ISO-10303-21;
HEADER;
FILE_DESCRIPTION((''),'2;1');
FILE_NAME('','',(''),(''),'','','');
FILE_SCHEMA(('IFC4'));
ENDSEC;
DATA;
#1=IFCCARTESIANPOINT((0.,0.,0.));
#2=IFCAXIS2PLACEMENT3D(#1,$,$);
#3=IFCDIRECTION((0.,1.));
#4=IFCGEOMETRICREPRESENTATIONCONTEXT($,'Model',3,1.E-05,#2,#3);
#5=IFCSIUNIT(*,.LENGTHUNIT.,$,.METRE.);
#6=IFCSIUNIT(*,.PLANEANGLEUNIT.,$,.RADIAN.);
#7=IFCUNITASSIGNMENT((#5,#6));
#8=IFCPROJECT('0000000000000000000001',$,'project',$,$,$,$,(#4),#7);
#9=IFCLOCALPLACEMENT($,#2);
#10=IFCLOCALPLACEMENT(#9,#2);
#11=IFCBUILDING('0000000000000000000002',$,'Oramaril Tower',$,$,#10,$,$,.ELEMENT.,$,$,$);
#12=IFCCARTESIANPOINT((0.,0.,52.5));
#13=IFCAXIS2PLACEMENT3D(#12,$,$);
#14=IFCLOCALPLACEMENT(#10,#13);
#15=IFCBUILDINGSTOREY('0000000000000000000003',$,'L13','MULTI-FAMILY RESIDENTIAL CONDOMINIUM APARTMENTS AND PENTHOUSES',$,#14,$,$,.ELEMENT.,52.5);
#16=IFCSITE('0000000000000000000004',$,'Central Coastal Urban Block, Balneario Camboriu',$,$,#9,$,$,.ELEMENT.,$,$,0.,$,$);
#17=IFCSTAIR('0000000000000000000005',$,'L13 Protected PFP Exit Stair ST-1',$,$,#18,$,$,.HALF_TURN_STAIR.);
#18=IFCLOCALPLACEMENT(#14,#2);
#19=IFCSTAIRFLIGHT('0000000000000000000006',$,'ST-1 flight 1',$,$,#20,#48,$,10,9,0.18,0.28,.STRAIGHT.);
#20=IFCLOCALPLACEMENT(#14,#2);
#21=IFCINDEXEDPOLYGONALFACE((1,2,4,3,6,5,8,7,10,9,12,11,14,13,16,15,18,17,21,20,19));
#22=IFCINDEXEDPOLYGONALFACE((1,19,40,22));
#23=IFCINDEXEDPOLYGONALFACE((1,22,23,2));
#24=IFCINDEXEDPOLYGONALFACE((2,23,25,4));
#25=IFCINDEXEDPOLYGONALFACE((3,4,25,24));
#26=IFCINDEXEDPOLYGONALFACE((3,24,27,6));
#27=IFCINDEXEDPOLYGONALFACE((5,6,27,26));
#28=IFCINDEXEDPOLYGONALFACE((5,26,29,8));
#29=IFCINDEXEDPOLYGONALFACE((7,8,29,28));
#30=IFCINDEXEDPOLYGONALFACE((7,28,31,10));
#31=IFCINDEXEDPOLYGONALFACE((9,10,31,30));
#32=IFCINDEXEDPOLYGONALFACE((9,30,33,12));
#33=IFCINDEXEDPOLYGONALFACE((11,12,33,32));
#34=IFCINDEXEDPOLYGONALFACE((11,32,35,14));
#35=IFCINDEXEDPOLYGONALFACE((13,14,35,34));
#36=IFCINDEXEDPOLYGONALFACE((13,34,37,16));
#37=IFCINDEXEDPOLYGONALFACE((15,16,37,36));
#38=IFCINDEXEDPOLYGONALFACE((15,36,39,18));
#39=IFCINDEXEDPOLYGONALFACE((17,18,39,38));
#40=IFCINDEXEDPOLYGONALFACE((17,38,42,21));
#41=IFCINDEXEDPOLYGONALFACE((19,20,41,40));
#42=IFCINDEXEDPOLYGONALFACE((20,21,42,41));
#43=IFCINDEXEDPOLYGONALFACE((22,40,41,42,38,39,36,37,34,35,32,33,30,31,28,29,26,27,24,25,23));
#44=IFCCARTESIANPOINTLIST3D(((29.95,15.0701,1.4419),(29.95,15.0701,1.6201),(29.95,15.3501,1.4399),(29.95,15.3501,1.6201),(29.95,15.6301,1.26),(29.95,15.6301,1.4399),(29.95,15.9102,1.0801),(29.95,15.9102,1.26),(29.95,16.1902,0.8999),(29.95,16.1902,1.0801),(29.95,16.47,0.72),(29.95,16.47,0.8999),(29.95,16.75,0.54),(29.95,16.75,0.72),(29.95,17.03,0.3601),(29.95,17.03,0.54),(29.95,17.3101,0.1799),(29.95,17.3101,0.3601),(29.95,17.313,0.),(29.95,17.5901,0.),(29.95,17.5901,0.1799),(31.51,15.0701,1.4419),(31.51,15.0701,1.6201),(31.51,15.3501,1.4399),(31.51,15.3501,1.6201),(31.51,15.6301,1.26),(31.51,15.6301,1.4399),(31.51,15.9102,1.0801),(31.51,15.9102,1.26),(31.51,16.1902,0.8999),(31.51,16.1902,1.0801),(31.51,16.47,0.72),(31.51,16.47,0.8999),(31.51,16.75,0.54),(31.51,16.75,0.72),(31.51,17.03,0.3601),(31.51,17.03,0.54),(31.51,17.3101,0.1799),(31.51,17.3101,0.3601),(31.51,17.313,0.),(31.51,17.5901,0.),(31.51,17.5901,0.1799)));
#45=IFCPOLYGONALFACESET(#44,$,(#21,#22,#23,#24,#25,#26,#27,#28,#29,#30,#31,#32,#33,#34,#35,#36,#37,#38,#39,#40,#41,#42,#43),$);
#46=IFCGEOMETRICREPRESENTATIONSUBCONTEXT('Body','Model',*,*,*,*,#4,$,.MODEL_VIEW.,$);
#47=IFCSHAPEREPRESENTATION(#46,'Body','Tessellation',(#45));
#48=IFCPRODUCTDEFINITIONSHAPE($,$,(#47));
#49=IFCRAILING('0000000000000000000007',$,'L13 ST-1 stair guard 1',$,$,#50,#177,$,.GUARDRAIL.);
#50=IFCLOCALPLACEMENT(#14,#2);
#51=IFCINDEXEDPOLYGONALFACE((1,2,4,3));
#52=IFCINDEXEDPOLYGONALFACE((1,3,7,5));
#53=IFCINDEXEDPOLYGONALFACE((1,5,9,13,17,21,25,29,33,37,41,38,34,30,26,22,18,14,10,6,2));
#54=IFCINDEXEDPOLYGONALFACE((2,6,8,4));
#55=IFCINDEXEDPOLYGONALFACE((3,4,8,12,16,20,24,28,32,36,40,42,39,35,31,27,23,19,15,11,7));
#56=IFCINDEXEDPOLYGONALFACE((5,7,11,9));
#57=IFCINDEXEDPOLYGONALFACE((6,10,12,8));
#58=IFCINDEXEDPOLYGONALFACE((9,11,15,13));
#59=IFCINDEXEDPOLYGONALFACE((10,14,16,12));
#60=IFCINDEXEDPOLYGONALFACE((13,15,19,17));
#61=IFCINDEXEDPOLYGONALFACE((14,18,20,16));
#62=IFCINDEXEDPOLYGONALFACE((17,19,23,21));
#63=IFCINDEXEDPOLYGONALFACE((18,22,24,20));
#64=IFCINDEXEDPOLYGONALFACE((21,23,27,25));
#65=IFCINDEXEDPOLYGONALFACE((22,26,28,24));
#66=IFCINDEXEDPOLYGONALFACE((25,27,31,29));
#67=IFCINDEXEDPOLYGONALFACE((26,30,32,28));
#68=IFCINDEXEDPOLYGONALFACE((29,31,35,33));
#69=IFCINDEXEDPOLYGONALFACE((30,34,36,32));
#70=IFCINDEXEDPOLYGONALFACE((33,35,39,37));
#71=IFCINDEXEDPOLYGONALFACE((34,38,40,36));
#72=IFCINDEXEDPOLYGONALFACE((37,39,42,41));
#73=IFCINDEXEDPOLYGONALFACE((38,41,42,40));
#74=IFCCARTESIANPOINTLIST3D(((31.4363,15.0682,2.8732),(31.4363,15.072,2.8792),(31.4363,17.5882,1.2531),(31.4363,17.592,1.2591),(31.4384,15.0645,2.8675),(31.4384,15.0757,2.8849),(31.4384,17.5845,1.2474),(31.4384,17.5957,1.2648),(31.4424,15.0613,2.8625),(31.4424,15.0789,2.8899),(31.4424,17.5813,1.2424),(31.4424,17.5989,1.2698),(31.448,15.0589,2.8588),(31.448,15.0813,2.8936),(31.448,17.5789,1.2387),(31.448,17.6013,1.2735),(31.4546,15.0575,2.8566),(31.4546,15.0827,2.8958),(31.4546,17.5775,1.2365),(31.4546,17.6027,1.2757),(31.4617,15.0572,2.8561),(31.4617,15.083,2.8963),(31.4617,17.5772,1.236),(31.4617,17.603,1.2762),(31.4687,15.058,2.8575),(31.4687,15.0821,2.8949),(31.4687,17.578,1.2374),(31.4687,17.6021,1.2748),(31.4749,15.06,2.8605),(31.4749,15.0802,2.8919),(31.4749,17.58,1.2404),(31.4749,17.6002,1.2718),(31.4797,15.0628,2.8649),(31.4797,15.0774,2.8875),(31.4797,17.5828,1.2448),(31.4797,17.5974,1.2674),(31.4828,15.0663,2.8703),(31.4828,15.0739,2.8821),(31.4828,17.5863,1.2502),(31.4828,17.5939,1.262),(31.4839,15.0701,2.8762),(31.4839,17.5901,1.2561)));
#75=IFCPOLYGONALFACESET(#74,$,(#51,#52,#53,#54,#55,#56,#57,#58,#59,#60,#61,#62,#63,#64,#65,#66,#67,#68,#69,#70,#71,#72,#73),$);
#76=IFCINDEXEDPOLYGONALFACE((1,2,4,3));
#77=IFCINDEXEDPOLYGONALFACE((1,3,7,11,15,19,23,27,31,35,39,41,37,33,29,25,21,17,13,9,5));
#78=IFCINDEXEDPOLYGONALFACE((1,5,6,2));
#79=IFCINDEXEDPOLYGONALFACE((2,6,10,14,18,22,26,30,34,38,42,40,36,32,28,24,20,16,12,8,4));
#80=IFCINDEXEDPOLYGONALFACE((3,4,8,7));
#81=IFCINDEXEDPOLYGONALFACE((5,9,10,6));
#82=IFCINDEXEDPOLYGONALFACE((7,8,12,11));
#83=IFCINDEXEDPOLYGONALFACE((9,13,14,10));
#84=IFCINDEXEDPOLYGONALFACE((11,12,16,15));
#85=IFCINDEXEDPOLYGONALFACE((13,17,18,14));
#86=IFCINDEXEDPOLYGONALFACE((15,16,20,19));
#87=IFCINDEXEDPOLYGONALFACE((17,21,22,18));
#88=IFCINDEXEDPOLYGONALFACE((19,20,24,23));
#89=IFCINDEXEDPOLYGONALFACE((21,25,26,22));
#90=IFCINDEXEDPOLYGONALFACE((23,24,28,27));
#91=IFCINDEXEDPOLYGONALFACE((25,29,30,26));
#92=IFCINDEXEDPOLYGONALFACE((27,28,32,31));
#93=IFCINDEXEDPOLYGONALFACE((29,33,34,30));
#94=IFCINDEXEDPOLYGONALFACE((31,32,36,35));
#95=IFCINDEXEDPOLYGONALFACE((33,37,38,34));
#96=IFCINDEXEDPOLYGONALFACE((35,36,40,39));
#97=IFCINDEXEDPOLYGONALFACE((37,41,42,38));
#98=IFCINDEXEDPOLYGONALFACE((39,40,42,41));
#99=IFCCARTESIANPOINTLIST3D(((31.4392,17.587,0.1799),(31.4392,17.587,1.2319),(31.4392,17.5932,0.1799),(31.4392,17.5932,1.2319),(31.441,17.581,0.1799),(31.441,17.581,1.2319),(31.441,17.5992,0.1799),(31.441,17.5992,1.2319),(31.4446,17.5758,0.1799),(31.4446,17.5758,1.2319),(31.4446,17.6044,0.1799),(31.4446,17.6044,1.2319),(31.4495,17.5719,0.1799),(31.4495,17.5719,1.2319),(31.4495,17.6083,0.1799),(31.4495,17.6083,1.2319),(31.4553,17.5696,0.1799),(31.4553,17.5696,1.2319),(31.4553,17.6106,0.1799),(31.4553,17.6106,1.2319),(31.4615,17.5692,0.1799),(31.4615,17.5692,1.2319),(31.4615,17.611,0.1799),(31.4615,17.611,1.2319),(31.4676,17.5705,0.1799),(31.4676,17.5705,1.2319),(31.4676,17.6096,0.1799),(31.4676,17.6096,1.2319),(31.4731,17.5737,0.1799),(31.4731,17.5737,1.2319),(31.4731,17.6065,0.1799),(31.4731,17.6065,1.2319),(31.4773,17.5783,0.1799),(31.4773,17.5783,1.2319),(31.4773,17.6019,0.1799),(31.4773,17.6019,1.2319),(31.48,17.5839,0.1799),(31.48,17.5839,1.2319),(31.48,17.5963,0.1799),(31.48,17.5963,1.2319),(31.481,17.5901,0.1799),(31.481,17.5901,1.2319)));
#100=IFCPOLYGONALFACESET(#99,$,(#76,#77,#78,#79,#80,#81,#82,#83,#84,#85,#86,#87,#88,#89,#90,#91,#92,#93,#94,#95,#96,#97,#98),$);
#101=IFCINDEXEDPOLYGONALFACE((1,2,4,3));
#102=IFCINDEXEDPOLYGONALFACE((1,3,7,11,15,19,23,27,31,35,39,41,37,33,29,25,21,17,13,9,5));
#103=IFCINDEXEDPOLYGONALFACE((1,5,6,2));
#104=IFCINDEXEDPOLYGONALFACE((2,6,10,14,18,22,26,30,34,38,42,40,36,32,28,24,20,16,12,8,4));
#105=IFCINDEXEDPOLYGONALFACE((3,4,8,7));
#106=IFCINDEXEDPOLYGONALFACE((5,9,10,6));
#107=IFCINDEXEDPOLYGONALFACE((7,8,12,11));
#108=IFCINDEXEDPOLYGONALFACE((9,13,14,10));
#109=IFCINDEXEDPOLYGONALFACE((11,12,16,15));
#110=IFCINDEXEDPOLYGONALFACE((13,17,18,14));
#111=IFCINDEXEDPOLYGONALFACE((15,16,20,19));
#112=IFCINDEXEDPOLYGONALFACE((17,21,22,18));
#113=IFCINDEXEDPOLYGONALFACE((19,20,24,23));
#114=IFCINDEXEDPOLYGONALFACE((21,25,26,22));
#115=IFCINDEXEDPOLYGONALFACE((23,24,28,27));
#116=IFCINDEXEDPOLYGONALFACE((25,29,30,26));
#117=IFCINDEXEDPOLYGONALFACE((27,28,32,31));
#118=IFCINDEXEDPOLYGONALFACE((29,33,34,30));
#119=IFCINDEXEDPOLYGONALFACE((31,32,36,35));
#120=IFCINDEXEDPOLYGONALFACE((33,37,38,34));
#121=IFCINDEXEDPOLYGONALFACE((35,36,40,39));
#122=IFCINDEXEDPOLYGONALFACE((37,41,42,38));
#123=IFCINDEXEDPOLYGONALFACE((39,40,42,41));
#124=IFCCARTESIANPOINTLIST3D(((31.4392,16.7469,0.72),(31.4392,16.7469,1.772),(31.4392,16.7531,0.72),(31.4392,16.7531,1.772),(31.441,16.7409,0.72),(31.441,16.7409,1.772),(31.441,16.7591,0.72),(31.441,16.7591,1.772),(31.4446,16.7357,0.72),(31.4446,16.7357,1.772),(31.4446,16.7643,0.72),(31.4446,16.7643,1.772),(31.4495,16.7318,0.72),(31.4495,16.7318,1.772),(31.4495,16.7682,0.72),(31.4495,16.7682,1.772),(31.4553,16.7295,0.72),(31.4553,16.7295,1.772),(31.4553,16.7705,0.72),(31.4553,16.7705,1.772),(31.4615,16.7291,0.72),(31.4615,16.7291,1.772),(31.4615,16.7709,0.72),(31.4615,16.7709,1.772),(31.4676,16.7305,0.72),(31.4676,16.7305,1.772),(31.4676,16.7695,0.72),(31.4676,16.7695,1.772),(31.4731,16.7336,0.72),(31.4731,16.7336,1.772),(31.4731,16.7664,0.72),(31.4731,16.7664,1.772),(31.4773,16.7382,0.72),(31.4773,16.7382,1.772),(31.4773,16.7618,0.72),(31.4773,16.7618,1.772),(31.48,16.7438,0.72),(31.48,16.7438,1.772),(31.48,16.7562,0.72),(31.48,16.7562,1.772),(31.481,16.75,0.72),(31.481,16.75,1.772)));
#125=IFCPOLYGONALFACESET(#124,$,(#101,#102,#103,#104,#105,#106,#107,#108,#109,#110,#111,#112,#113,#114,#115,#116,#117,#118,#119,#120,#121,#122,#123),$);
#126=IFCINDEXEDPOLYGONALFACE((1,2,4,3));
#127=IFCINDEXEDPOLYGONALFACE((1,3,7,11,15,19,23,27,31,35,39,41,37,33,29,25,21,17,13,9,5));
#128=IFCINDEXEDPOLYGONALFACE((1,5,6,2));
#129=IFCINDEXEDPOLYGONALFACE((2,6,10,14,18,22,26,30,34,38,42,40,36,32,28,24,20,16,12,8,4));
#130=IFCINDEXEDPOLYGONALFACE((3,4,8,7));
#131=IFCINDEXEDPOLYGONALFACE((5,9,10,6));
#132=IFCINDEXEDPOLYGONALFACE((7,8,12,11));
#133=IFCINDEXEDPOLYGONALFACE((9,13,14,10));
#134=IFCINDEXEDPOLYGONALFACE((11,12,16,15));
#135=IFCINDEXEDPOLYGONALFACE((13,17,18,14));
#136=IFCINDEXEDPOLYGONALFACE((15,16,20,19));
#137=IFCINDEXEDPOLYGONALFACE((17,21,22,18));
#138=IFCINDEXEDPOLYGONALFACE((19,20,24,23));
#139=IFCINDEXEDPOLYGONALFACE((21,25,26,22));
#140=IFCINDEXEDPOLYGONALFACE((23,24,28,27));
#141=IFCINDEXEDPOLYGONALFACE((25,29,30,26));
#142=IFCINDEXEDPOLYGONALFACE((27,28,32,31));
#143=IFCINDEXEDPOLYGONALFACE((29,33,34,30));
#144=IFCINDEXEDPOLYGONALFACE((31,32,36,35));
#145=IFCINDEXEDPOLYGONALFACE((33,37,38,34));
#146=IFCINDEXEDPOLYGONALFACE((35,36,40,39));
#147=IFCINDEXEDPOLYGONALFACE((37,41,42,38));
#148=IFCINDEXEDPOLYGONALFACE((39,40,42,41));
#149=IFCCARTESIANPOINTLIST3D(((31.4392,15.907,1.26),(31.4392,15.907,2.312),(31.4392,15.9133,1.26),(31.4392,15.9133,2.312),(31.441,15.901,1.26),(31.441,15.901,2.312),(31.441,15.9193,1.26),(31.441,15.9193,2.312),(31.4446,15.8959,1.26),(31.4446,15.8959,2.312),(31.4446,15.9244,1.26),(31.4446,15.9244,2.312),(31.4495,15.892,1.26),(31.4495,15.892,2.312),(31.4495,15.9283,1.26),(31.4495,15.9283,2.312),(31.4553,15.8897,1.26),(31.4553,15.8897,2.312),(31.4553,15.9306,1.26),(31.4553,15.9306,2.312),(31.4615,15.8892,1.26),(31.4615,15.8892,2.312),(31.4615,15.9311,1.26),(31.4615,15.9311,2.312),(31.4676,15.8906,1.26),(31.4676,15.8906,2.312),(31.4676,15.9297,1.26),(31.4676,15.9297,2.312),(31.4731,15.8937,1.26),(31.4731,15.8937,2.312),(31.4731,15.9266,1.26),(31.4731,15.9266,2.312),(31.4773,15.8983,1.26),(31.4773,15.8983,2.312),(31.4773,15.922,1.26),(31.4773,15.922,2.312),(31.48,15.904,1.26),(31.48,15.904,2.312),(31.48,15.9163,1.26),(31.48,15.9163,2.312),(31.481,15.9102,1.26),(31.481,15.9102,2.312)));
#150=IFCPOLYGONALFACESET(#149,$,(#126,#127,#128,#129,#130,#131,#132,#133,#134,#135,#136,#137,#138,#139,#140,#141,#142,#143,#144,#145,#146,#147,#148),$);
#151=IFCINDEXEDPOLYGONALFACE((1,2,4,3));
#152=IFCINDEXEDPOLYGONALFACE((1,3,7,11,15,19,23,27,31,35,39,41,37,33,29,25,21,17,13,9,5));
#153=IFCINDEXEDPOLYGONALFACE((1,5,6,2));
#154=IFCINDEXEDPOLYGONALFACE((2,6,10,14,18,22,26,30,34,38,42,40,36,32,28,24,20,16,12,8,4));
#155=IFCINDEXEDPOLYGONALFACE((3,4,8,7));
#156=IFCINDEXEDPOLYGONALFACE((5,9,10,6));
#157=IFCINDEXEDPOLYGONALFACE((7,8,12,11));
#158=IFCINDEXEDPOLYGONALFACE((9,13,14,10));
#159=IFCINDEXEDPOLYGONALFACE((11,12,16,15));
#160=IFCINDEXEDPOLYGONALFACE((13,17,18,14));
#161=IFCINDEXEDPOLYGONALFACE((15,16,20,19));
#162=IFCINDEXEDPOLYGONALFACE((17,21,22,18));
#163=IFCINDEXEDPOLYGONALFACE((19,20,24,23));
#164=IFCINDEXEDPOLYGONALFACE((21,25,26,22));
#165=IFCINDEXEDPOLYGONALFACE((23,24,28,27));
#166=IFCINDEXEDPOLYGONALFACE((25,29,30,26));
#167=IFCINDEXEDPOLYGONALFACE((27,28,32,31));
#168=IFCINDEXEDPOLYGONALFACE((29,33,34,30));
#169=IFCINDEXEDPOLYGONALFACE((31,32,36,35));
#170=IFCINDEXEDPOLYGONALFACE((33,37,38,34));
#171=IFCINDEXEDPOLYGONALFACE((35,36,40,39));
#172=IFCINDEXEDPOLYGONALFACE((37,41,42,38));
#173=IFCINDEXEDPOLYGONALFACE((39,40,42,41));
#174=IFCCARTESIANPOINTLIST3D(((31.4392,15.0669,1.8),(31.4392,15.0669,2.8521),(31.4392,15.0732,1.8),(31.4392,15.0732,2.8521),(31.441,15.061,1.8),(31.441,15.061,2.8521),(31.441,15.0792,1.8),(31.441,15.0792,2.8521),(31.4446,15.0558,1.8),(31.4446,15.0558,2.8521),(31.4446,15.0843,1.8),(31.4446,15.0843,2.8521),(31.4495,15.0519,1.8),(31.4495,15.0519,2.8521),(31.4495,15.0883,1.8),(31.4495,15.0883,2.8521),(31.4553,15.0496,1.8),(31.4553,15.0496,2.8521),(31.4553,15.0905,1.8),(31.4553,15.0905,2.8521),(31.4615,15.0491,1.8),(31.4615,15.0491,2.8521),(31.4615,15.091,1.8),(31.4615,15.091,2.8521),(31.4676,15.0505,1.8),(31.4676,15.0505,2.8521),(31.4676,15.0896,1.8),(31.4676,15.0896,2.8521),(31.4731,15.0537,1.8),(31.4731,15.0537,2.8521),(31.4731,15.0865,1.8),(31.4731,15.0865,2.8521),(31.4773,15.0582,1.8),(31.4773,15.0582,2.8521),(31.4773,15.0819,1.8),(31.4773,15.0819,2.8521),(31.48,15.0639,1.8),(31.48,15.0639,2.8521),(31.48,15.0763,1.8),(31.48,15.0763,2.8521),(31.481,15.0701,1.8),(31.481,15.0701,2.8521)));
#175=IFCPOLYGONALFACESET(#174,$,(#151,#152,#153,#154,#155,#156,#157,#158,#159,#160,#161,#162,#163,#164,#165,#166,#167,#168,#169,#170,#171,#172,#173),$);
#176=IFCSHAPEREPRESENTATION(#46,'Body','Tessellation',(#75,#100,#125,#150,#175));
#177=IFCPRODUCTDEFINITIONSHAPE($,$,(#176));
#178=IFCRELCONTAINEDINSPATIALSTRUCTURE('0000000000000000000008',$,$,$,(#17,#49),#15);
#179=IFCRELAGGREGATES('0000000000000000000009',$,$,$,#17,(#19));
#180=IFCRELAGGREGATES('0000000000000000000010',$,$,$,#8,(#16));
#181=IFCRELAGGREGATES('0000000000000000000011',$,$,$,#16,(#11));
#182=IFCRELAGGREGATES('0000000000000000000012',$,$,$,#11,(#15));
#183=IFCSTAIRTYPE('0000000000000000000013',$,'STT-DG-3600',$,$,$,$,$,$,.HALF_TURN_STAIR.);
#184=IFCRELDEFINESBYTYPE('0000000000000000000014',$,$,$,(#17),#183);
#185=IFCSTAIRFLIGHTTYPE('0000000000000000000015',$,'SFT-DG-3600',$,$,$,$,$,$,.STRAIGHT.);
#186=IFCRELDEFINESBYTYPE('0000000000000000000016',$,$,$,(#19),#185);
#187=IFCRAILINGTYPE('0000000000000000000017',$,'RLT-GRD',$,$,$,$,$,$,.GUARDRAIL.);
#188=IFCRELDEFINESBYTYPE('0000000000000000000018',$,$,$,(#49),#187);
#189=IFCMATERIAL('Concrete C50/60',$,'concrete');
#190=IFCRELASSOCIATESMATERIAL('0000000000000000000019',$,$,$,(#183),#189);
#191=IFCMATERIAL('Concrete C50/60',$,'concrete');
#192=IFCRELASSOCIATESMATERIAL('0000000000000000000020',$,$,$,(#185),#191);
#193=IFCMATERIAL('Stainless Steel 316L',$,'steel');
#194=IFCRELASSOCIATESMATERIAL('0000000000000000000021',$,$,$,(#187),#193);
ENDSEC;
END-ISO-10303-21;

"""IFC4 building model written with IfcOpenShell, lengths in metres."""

from ifc_helpers import new_model, si_unit, direction, frame, origin, origin_2d, place, context, subcontext, project, spatial, polyline, circle, outline, extrude, material, type_object, element, aggregate, save


model = new_model("IFC4")

# Units and contexts
model_context = context("Model", 3, precision=1e-05, world=origin(), true_north=direction((0.0, 1.0)))
body_context = subcontext(model_context, "Body", "Model", "MODEL_VIEW")
ifc_project = project(units=[si_unit("LENGTHUNIT", "METRE"), si_unit("PLANEANGLEUNIT", "RADIAN")], contexts=[model_context])

# Site, building, storey
site_placement = place(None, origin())
site = spatial("IfcSite", under=ifc_project, at=site_placement, Name="Central Coastal Urban Block, Balneario Camboriu", CompositionType="ELEMENT", RefElevation=0.0)
building_placement = place(site_placement, origin())
building = spatial("IfcBuilding", under=site, at=building_placement, Name="Oramaril Tower", CompositionType="ELEMENT")
storey_placement = place(building_placement, frame((0.0, 0.0, 52.5)))
storey = spatial("IfcBuildingStorey", under=building, at=storey_placement, Name="L13", Description="MULTI-FAMILY RESIDENTIAL CONDOMINIUM APARTMENTS AND PENTHOUSES", CompositionType="ELEMENT", Elevation=52.5)

# Stair, stair flight
ifc_material_1 = material(Name="Concrete C50/60", Category="concrete")
stair_type = type_object("IfcStairType", Name="STT-DG-3600", PredefinedType="HALF_TURN_STAIR", material=ifc_material_1)
stair_placement = place(storey_placement, origin())
stair = element("IfcStair", 1, at=stair_placement, inside=storey, type_object=stair_type, Name="L13 Protected PFP Exit Stair ST-1", PredefinedType="HALF_TURN_STAIR")
ifc_material_2 = material(Name="Concrete C50/60", Category="concrete")
stair_flight_type = type_object("IfcStairFlightType", Name="SFT-DG-3600", PredefinedType="STRAIGHT", material=ifc_material_2)
stair_flight_placement = place(storey_placement, frame((30.73, 17.5901, 0.0), z_axis=(0.0, 0.0, 1.0), x_axis=(0.0, -1.0, 0.0)))
stair_flight = element("IfcStairFlight", 2, at=stair_flight_placement, type_object=stair_flight_type, Name="ST-1 flight 1", NumberOfRisers=10, NumberOfTreads=9, PredefinedType="STRAIGHT", RiserHeight=0.18, TreadLength=0.28, context=body_context, shape_type="SweptSolid", body=[
    extrude(outline(polyline([(0.0, 0.0), (0.0, 0.1799), (0.28, 0.1799), (0.28, 0.3601), (0.5601, 0.3601), (0.5601, 0.54), (0.8401, 0.54), (0.8401, 0.72), (1.1201, 0.72), (1.1201, 0.8999), (1.3999, 0.8999), (1.3999, 1.0801), (1.6799, 1.0801), (1.6799, 1.26), (1.96, 1.26), (1.96, 1.4399), (2.24, 1.4399), (2.24, 1.6201), (2.52, 1.6201), (2.52, 1.8), (2.52, 1.4419), (0.2771, 0.0), (0.0, 0.0)])), frame((0.0, 0.78, 0.0), z_axis=(0.0, -1.0, 0.0), x_axis=(1.0, 0.0, 0.0)), (0.0, 0.0, 1.0), 1.5601),
])
aggregate(stair, [stair_flight])

# Railing
ifc_material_3 = material(Name="Stainless Steel 316L", Category="steel")
railing_type_1 = type_object("IfcRailingType", Name="RLT-GRD", PredefinedType="GUARDRAIL", material=ifc_material_3)
railing_1_placement = place(storey_placement, frame((31.46, 17.5901, 0.1799)))
element("IfcRailing", 3, at=railing_1_placement, inside=storey, type_object=railing_type_1, Name="L13 ST-1 stair guard 1", PredefinedType="GUARDRAIL", context=body_context, shape_type="SweptSolid", body=[
    extrude(circle(Radius=0.0239, at=origin_2d()), frame((0.0, 0.0, 1.0762), z_axis=(0.0, -0.841163, 0.540782), x_axis=(1.0, 0.0, 0.0)), (0.0, 0.0, 1.0), 2.9958),
    extrude(circle(Radius=0.021, at=origin_2d()), origin(), (0.0, 0.0, 1.0), 1.052),
    extrude(circle(Radius=0.021, at=origin_2d()), frame((0.0, -0.8401, 0.54)), (0.0, 0.0, 1.0), 1.052),
    extrude(circle(Radius=0.021, at=origin_2d()), frame((0.0, -1.6799, 1.0801)), (0.0, 0.0, 1.0), 1.052),
    extrude(circle(Radius=0.021, at=origin_2d()), frame((0.0, -2.52, 1.6201)), (0.0, 0.0, 1.0), 1.052),
])

save(model, "model.ifc")
